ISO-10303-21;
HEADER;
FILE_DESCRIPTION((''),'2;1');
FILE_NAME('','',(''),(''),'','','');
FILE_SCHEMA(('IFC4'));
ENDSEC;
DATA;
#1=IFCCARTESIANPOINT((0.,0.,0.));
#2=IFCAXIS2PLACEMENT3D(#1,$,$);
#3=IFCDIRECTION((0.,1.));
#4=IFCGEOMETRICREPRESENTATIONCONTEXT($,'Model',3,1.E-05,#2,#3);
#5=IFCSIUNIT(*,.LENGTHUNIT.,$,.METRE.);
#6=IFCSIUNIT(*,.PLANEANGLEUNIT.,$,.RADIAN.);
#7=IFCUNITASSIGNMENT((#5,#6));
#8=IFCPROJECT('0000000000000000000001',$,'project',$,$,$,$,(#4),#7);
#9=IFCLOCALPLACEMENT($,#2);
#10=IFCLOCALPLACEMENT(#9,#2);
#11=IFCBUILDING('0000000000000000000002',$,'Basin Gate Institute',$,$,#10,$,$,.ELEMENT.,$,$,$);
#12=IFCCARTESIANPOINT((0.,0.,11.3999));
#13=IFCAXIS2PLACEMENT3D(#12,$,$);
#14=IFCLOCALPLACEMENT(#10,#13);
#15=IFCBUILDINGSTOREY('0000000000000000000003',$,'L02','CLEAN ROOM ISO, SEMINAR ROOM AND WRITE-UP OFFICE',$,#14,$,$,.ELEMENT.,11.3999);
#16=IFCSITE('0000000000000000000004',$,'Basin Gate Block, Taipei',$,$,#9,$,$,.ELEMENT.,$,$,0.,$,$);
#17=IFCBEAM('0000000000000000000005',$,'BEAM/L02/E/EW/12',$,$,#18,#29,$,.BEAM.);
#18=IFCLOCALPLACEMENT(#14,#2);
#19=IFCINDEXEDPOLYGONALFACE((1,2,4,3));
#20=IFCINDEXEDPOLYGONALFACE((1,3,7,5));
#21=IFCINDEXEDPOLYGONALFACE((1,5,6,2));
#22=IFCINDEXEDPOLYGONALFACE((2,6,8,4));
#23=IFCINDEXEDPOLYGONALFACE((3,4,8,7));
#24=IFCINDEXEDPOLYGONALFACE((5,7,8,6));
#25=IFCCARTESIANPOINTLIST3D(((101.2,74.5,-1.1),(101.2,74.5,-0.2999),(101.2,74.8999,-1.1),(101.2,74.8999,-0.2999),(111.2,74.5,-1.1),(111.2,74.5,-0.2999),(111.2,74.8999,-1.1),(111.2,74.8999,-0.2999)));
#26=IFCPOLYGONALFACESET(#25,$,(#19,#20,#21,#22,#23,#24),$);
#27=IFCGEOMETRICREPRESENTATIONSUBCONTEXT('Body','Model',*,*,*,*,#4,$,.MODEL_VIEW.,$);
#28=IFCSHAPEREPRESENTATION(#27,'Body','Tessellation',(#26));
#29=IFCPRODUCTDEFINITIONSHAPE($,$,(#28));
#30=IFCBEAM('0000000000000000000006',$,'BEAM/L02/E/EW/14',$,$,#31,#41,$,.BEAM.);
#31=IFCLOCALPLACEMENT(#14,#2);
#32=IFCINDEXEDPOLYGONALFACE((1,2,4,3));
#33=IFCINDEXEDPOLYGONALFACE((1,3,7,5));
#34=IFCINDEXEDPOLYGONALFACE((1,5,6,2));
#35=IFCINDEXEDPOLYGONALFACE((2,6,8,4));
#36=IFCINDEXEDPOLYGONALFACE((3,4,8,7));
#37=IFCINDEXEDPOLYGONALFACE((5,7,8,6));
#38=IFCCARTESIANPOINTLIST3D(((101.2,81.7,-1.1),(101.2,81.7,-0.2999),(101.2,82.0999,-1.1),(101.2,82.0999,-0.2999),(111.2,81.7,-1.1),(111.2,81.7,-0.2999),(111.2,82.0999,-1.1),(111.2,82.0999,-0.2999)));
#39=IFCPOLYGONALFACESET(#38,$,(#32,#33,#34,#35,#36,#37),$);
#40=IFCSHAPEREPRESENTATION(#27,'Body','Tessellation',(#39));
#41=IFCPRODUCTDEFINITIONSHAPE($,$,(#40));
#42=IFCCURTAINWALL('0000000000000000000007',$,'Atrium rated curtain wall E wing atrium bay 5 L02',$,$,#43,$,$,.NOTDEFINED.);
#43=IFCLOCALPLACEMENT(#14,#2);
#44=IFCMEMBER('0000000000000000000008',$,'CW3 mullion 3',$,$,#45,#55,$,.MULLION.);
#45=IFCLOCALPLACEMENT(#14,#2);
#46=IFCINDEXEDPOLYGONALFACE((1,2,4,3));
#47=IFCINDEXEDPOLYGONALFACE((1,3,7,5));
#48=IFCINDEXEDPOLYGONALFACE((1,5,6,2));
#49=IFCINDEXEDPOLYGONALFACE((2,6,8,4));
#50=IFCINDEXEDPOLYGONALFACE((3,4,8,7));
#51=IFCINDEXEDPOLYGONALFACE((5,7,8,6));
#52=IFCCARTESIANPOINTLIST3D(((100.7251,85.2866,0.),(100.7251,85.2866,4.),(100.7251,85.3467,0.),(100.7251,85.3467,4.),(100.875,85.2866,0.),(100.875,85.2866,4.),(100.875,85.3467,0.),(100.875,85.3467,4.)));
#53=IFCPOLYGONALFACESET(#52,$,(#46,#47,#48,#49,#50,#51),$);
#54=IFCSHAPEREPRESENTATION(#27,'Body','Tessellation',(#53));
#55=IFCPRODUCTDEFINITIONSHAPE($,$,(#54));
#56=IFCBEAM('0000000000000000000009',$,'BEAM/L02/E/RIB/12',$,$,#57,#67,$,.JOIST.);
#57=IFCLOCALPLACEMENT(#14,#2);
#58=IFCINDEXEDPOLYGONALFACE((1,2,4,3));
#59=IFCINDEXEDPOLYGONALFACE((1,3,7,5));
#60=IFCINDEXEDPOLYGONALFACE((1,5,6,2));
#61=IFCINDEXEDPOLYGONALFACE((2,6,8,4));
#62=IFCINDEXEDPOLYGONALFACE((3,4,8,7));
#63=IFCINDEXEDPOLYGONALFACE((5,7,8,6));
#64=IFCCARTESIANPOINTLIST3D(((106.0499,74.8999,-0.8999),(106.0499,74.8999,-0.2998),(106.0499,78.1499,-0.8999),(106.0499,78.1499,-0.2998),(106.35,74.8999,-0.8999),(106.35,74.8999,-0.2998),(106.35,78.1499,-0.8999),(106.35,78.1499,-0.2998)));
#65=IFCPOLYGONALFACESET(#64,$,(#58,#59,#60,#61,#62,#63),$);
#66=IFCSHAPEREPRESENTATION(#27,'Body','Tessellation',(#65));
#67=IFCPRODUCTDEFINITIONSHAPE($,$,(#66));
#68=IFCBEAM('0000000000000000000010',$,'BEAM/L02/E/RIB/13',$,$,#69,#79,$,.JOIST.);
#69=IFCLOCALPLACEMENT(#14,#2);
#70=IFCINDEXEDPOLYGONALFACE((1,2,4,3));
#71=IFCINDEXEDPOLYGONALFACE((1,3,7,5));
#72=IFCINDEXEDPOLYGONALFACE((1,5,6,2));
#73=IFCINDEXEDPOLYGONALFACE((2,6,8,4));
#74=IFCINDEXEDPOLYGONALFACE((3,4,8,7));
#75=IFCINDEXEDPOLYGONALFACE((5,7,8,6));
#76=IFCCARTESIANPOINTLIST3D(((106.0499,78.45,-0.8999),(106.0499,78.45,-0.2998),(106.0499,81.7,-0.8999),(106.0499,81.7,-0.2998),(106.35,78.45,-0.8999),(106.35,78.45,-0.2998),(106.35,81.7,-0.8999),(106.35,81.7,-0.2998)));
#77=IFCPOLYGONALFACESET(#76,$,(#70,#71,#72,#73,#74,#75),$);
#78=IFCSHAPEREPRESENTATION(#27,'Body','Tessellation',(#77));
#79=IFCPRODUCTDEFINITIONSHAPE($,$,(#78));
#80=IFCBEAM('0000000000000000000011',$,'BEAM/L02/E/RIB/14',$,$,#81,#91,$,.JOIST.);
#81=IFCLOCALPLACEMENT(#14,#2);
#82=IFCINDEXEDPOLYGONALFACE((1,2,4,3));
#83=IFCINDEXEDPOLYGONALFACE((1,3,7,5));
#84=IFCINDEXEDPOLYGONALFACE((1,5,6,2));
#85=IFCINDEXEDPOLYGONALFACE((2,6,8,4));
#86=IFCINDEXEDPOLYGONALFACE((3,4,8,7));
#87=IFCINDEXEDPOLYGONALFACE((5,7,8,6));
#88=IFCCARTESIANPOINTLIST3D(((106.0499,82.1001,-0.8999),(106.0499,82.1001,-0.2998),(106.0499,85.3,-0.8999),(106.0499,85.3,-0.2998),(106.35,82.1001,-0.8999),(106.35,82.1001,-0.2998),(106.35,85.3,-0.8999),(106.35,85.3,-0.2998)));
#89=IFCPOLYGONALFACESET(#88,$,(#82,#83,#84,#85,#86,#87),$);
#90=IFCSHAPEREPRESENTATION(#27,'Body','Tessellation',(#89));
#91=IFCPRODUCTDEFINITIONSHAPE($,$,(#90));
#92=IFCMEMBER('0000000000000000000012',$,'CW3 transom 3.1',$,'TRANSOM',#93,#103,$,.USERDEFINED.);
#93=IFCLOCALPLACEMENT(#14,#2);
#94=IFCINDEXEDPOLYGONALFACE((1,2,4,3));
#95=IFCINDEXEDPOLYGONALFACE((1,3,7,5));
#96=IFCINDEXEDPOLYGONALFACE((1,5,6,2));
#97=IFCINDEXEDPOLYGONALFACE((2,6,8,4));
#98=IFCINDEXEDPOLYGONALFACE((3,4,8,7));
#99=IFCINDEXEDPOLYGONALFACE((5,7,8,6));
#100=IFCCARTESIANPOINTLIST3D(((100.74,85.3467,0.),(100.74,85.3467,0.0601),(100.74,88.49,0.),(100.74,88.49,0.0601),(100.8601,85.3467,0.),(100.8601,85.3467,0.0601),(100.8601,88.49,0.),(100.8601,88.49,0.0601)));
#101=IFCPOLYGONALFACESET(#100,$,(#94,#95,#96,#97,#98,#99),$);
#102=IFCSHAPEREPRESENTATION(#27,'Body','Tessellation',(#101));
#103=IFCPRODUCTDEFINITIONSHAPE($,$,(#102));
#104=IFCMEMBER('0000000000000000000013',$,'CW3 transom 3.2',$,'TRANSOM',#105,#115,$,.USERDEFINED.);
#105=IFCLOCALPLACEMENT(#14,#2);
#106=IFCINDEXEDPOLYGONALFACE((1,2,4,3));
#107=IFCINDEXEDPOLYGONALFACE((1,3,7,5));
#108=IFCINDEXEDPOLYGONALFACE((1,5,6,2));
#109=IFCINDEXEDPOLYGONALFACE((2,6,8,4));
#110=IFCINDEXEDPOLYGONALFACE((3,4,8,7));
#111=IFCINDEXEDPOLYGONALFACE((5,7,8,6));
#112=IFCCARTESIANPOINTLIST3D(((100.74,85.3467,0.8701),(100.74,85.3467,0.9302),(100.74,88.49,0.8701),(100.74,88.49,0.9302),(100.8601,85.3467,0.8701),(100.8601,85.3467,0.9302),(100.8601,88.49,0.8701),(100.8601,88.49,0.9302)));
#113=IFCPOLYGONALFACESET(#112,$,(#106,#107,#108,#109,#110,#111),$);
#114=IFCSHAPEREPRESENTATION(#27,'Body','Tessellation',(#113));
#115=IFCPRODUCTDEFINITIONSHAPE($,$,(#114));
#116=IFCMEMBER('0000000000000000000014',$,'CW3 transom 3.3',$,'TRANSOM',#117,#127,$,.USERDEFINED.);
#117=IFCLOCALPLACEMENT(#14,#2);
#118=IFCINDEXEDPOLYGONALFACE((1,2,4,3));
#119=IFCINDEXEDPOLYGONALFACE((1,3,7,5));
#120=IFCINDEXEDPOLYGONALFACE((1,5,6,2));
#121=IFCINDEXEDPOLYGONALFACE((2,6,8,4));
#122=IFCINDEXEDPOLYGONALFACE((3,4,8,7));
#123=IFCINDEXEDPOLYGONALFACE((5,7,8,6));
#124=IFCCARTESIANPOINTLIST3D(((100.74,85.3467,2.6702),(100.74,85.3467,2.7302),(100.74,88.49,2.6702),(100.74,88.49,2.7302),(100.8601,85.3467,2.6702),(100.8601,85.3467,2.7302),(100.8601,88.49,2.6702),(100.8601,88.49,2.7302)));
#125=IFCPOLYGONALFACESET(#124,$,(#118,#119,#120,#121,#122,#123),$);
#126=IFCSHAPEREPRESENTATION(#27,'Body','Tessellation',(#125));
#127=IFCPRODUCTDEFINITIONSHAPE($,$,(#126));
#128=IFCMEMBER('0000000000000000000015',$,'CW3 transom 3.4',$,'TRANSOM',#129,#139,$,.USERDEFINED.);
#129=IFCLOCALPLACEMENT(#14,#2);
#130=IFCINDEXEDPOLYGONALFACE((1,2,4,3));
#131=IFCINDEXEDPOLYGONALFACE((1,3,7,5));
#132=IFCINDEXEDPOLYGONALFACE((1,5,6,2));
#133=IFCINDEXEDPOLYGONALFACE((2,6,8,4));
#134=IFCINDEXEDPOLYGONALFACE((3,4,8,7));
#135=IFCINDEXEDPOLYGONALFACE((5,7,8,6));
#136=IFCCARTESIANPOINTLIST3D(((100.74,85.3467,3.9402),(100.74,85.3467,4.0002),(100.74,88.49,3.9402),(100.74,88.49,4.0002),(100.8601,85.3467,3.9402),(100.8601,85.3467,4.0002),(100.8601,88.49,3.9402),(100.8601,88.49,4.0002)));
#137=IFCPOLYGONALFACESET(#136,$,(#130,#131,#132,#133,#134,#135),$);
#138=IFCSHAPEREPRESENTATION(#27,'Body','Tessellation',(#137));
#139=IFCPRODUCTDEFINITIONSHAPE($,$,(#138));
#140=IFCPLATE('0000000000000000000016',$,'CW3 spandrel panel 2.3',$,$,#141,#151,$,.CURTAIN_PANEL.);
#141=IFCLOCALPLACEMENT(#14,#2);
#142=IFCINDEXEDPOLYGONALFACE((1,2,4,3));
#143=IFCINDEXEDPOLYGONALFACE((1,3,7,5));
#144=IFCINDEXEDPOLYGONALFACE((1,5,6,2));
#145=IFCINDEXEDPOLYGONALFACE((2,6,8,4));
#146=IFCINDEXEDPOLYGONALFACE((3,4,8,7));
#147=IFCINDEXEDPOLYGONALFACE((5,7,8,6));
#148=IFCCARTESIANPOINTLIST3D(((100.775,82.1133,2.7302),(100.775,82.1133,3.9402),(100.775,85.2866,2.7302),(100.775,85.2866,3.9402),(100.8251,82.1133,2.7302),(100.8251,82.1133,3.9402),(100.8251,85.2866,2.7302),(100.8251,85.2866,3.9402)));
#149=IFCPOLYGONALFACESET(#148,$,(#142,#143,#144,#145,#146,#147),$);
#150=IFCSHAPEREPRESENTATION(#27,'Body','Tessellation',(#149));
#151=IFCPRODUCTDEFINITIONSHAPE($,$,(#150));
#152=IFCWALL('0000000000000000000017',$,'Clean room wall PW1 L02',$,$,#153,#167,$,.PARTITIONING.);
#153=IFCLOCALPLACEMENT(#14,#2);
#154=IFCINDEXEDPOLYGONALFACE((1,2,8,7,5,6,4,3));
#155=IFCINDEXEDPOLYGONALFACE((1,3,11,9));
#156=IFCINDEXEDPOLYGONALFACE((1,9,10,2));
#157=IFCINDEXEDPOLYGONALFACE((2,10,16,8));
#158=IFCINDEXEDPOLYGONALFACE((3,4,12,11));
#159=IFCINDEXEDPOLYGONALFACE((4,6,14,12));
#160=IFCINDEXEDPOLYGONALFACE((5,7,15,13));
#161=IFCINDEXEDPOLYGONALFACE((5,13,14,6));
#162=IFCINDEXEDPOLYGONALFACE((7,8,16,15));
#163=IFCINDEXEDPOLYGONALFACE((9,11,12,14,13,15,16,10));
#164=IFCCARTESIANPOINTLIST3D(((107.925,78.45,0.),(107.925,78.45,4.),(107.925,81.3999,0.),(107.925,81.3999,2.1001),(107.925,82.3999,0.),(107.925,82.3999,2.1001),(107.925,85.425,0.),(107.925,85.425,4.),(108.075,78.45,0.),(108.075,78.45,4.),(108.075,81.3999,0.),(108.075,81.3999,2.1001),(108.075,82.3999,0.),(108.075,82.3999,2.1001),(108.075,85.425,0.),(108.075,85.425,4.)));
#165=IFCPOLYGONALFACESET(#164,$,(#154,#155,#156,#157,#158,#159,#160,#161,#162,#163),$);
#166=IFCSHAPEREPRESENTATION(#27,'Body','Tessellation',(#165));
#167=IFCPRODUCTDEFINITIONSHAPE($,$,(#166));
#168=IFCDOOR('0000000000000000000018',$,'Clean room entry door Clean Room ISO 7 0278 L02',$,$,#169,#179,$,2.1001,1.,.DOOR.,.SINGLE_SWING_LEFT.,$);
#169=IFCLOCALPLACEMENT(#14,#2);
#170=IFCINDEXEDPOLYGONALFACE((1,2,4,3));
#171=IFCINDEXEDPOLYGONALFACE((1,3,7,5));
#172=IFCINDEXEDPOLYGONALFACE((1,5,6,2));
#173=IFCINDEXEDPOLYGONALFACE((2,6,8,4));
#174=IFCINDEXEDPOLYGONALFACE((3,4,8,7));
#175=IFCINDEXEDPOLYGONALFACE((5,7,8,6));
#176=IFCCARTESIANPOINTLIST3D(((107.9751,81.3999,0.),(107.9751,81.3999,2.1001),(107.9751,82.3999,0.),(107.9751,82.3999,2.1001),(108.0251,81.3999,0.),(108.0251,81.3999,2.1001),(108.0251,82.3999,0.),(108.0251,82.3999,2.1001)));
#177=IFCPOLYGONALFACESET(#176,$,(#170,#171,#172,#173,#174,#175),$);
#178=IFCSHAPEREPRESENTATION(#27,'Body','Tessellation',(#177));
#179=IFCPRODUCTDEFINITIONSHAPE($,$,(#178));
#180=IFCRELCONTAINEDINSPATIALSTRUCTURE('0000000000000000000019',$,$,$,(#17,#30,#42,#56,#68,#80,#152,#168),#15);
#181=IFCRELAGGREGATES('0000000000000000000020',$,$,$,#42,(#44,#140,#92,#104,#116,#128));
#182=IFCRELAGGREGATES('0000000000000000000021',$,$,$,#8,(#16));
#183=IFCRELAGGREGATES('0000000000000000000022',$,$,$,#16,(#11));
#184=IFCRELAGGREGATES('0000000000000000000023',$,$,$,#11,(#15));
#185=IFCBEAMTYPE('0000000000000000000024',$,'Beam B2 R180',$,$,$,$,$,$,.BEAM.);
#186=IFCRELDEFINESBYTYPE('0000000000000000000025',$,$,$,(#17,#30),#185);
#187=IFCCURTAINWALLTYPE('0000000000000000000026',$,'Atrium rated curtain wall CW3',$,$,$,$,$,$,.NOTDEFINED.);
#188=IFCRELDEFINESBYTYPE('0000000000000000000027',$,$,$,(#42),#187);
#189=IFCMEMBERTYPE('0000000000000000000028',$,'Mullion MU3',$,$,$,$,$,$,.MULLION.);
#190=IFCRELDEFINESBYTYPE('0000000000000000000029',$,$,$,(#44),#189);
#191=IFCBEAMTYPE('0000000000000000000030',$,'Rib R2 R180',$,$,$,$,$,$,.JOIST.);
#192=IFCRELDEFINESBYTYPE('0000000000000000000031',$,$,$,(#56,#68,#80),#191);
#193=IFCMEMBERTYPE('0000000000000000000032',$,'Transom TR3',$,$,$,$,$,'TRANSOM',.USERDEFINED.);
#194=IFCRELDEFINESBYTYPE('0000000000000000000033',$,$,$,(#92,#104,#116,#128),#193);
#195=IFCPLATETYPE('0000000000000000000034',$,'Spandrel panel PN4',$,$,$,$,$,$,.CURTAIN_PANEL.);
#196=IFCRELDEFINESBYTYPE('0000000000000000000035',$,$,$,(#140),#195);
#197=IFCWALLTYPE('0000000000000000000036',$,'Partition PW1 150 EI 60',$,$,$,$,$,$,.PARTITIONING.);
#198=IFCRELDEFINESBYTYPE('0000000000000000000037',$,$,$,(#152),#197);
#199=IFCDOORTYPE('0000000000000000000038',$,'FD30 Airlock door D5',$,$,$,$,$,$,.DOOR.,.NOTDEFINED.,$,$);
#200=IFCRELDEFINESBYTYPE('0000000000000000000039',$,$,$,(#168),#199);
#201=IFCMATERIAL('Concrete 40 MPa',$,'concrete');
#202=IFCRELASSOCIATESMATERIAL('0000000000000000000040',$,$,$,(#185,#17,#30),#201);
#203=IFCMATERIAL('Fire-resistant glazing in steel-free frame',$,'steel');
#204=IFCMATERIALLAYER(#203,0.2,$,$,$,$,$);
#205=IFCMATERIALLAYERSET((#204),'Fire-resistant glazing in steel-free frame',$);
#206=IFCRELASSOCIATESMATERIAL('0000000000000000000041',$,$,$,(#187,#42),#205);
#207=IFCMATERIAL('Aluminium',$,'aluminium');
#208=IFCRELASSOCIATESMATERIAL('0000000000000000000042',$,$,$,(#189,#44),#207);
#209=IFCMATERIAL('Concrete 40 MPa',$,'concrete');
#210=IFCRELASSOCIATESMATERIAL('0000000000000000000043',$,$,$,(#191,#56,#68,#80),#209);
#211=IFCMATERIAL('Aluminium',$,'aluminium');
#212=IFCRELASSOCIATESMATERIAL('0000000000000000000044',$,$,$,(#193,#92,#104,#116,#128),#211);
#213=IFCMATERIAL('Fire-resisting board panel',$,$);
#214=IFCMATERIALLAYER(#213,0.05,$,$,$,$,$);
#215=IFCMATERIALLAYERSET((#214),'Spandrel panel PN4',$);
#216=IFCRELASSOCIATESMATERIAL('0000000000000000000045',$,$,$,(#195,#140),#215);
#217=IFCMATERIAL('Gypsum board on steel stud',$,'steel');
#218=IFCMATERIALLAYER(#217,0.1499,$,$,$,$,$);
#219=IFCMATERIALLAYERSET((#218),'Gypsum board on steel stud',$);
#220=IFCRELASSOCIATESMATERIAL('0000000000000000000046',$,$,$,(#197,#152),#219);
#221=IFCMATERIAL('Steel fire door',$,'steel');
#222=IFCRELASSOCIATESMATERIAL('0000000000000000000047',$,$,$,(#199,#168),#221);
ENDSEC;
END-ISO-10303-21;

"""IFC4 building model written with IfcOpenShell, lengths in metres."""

from ifc_helpers import new_model, si_unit, direction, frame, frame_2d, origin, origin_2d, place, context, subcontext, project, spatial, rectangle, extrude, material, layer, layer_set, material_profile, profile_set, type_object, element, fill, aggregate, save


model = new_model("IFC4")

# Units and contexts
model_context = context("Model", 3, precision=1e-05, world=origin(), true_north=direction((0.0, 1.0)))
body_context = subcontext(model_context, "Body", "Model", "MODEL_VIEW")
ifc_project = project(units=[si_unit("LENGTHUNIT", "METRE"), si_unit("PLANEANGLEUNIT", "RADIAN")], contexts=[model_context])

# Site, building, storey
site_placement = place(None, origin())
site = spatial("IfcSite", under=ifc_project, at=site_placement, Name="Basin Gate Block, Taipei", CompositionType="ELEMENT", RefElevation=0.0)
building_placement = place(site_placement, origin())
building = spatial("IfcBuilding", under=site, at=building_placement, Name="Basin Gate Institute", CompositionType="ELEMENT")
storey_placement = place(building_placement, frame((0.0, 0.0, 11.3999)))
storey = spatial("IfcBuildingStorey", under=building, at=storey_placement, Name="L02", Description="CLEAN ROOM ISO, SEMINAR ROOM AND WRITE-UP OFFICE", CompositionType="ELEMENT", Elevation=11.3999)

# Beams
ifc_material_1 = material(Name="Concrete 40 MPa", Category="concrete")
ifc_material_profile_1 = material_profile(ifc_material_1, rectangle(XDim=0.3999, YDim=0.8, at=origin_2d()), Name="Beam B2 400 x 800")
ifc_profile_set_1 = profile_set([ifc_material_profile_1], Name="Concrete 40 MPa")
beam_type_1 = type_object("IfcBeamType", Name="Beam B2 R180", PredefinedType="BEAM", material=ifc_profile_set_1)
for number, where, z_axis, x_axis, name in (
    (1, (111.2, 74.7, -0.7), (-1.0, 0.0, 0.0), (0.0, -1.0, 0.0), "BEAM/L02/E/EW/12"),
    (2, (111.2, 81.8999, -0.7), (-1.0, 0.0, 0.0), (0.0, -1.0, 0.0), "BEAM/L02/E/EW/14"),
):
    element("IfcBeam", number, at=place(storey_placement, frame(where, z_axis=z_axis, x_axis=x_axis)), inside=storey, type_object=beam_type_1, material=ifc_profile_set_1, Name=name, PredefinedType="BEAM", context=body_context, shape_type="SweptSolid", body=[
        extrude(rectangle(XDim=0.3999, YDim=0.8, at=origin_2d()), origin(), (0.0, 0.0, 1.0), 10.0),
    ])

# Curtain wall, member
ifc_material_2 = material(Name="Fire-resistant glazing in steel-free frame", Category="steel")
ifc_layer_1 = layer(ifc_material_2, 0.2)
ifc_layer_set_1 = layer_set([ifc_layer_1], Name="Fire-resistant glazing in steel-free frame")
curtain_wall_type = type_object("IfcCurtainWallType", Name="Atrium rated curtain wall CW3", PredefinedType="NOTDEFINED", material=ifc_layer_set_1)
curtain_wall_placement = place(storey_placement, origin())
curtain_wall = element("IfcCurtainWall", 3, at=curtain_wall_placement, inside=storey, type_object=curtain_wall_type, material=ifc_layer_set_1, Name="Atrium rated curtain wall E wing atrium bay 5 L02", PredefinedType="NOTDEFINED")
ifc_material_3 = material(Name="Aluminium", Category="aluminium")
ifc_material_profile_2 = material_profile(ifc_material_3, rectangle(XDim=0.1499, YDim=0.0601, at=origin_2d()), Name="Mullion MU3 150 x 60")
ifc_profile_set_2 = profile_set([ifc_material_profile_2], Name="Aluminium")
member_type_1 = type_object("IfcMemberType", Name="Mullion MU3", PredefinedType="MULLION", material=ifc_profile_set_2)
member_1_placement = place(storey_placement, frame((100.8, 85.3167, 0.0), z_axis=(0.0, 0.0, 1.0), x_axis=(-1.0, 0.0, 0.0)))
member_1 = element("IfcMember", 4, at=member_1_placement, type_object=member_type_1, material=ifc_profile_set_2, Name="CW3 mullion 3", PredefinedType="MULLION", context=body_context, shape_type="SweptSolid", body=[
    extrude(rectangle(XDim=0.1499, YDim=0.0601, at=origin_2d()), origin(), (0.0, 0.0, 1.0), 4.0),
])

# Beams
ifc_material_4 = material(Name="Concrete 40 MPa", Category="concrete")
ifc_material_profile_3 = material_profile(ifc_material_4, rectangle(XDim=0.3, YDim=0.6001, at=origin_2d()), Name="Rib R2 300 x 600")
ifc_profile_set_3 = profile_set([ifc_material_profile_3], Name="Concrete 40 MPa")
beam_type_2 = type_object("IfcBeamType", Name="Rib R2 R180", PredefinedType="JOIST", material=ifc_profile_set_3)
for number, where, z_axis, x_axis, name in (
    (5, (106.2, 74.8999, -0.5999), (0.0, 1.0, 0.0), (-1.0, 0.0, 0.0), "BEAM/L02/E/RIB/12"),
    (6, (106.2, 78.45, -0.5999), (0.0, 1.0, 0.0), (-1.0, 0.0, 0.0), "BEAM/L02/E/RIB/13"),
):
    element("IfcBeam", number, at=place(storey_placement, frame(where, z_axis=z_axis, x_axis=x_axis)), inside=storey, type_object=beam_type_2, material=ifc_profile_set_3, Name=name, PredefinedType="JOIST", context=body_context, shape_type="SweptSolid", body=[
        extrude(rectangle(XDim=0.3, YDim=0.6001, at=origin_2d()), origin(), (0.0, 0.0, 1.0), 3.25),
    ])
beam_placement = place(storey_placement, frame((106.2, 82.1001, -0.5999), z_axis=(0.0, 1.0, 0.0), x_axis=(-1.0, 0.0, 0.0)))
element("IfcBeam", 7, at=beam_placement, inside=storey, type_object=beam_type_2, material=ifc_profile_set_3, Name="BEAM/L02/E/RIB/14", PredefinedType="JOIST", context=body_context, shape_type="SweptSolid", body=[
    extrude(rectangle(XDim=0.3, YDim=0.6001, at=origin_2d()), origin(), (0.0, 0.0, 1.0), 3.2),
])

# Members
ifc_material_5 = material(Name="Aluminium", Category="aluminium")
ifc_material_profile_4 = material_profile(ifc_material_5, rectangle(XDim=0.1201, YDim=0.0601, at=origin_2d()), Name="Transom TR3 120 x 60")
ifc_profile_set_4 = profile_set([ifc_material_profile_4], Name="Aluminium")
member_type_2 = type_object("IfcMemberType", Name="Transom TR3", ElementType="TRANSOM", PredefinedType="USERDEFINED", material=ifc_profile_set_4)
member_2_placement = place(storey_placement, frame((100.8, 85.3467, 0.03), z_axis=(0.0, 1.0, 0.0), x_axis=(-1.0, 0.0, 0.0)))
member_2 = element("IfcMember", 8, at=member_2_placement, type_object=member_type_2, material=ifc_profile_set_4, Name="CW3 transom 3.1", ObjectType="TRANSOM", PredefinedType="USERDEFINED", context=body_context, shape_type="SweptSolid", body=[
    extrude(rectangle(XDim=0.1201, YDim=0.0601, at=origin_2d()), origin(), (0.0, 0.0, 1.0), 3.1433),
])
member_3_placement = place(storey_placement, frame((100.8, 85.3467, 0.9001), z_axis=(0.0, 1.0, 0.0), x_axis=(-1.0, 0.0, 0.0)))
member_3 = element("IfcMember", 9, at=member_3_placement, type_object=member_type_2, material=ifc_profile_set_4, Name="CW3 transom 3.2", ObjectType="TRANSOM", PredefinedType="USERDEFINED", context=body_context, shape_type="SweptSolid", body=[
    extrude(rectangle(XDim=0.1201, YDim=0.0601, at=origin_2d()), origin(), (0.0, 0.0, 1.0), 3.1433),
])
member_4_placement = place(storey_placement, frame((100.8, 85.3467, 2.7002), z_axis=(0.0, 1.0, 0.0), x_axis=(-1.0, 0.0, 0.0)))
member_4 = element("IfcMember", 10, at=member_4_placement, type_object=member_type_2, material=ifc_profile_set_4, Name="CW3 transom 3.3", ObjectType="TRANSOM", PredefinedType="USERDEFINED", context=body_context, shape_type="SweptSolid", body=[
    extrude(rectangle(XDim=0.1201, YDim=0.0601, at=origin_2d()), origin(), (0.0, 0.0, 1.0), 3.1433),
])
member_5_placement = place(storey_placement, frame((100.8, 85.3467, 3.9702), z_axis=(0.0, 1.0, 0.0), x_axis=(-1.0, 0.0, 0.0)))
member_5 = element("IfcMember", 11, at=member_5_placement, type_object=member_type_2, material=ifc_profile_set_4, Name="CW3 transom 3.4", ObjectType="TRANSOM", PredefinedType="USERDEFINED", context=body_context, shape_type="SweptSolid", body=[
    extrude(rectangle(XDim=0.1201, YDim=0.0601, at=origin_2d()), origin(), (0.0, 0.0, 1.0), 3.1433),
])

# Plate
ifc_material_6 = material(Name="Fire-resisting board panel")
ifc_layer_2 = layer(ifc_material_6, 0.05)
ifc_layer_set_2 = layer_set([ifc_layer_2], Name="Spandrel panel PN4")
plate_type = type_object("IfcPlateType", Name="Spandrel panel PN4", PredefinedType="CURTAIN_PANEL", material=ifc_layer_set_2)
plate_placement = place(storey_placement, frame((100.8, 83.7, 2.7302), z_axis=(0.0, 0.0, 1.0), x_axis=(0.0, 1.0, 0.0)))
plate = element("IfcPlate", 12, at=plate_placement, type_object=plate_type, material=ifc_layer_set_2, Name="CW3 spandrel panel 2.3", PredefinedType="CURTAIN_PANEL", context=body_context, shape_type="SweptSolid", body=[
    extrude(rectangle(XDim=3.1733, YDim=0.05, at=origin_2d()), origin(), (0.0, 0.0, 1.0), 1.21),
])
aggregate(curtain_wall, [member_1, plate, member_2, member_3, member_4, member_5])

# Wall, opening, door
ifc_material_7 = material(Name="Gypsum board on steel stud", Category="steel")
ifc_layer_3 = layer(ifc_material_7, 0.1499)
ifc_layer_set_3 = layer_set([ifc_layer_3], Name="Gypsum board on steel stud")
wall_type_1 = type_object("IfcWallType", Name="Partition PW1 150 EI 60", PredefinedType="PARTITIONING", material=ifc_layer_set_3)
wall_1_placement = place(storey_placement, frame((108.0, 78.45, 0.0), z_axis=(0.0, 0.0, 1.0), x_axis=(0.0, 1.0, 0.0)))
wall_1 = element("IfcWall", 13, at=wall_1_placement, inside=storey, type_object=wall_type_1, material=ifc_layer_set_3, Name="Clean room wall PW1 L02", PredefinedType="PARTITIONING", context=body_context, shape_type="SweptSolid", body=[
    extrude(rectangle(XDim=6.9751, YDim=0.1499, at=frame_2d((3.4875, 0.0))), origin(), (0.0, 0.0, 1.0), 4.0),
])
opening_1_placement = place(wall_1_placement, frame((2.95, 0.0, 0.0)))
opening_1 = element("IfcOpeningElement", 14, at=opening_1_placement, cuts=wall_1, PredefinedType="OPENING", context=body_context, shape_type="SweptSolid", body=[
    extrude(rectangle(XDim=1.0, YDim=2.1001, at=frame_2d((0.5, 1.05))), frame((0.0, 0.085, 0.0), z_axis=(0.0, -1.0, 0.0), x_axis=(1.0, 0.0, 0.0)), (0.0, 0.0, 1.0), 0.1699),
])
ifc_material_8 = material(Name="Steel fire door", Category="steel")
door_type = type_object("IfcDoorType", Name="FD30 Airlock door D5", OperationType="NOTDEFINED", PredefinedType="DOOR", material=ifc_material_8)
door_1_placement = place(opening_1_placement, origin())
door_1 = element("IfcDoor", 15, at=door_1_placement, inside=storey, type_object=door_type, material=ifc_material_8, Name="Clean room entry door Clean Room ISO 7 0278 L02", OperationType="SINGLE_SWING_LEFT", OverallHeight=2.1001, OverallWidth=1.0, PredefinedType="DOOR", context=body_context, shape_type="SweptSolid", body=[
    extrude(rectangle(XDim=1.0, YDim=2.1001, at=frame_2d((0.5, 1.05))), frame((0.0, 0.0249, 0.0), z_axis=(0.0, -1.0, 0.0), x_axis=(1.0, 0.0, 0.0)), (0.0, 0.0, 1.0), 0.05),
])
fill(opening_1, door_1)

save(model, "model.ifc")
